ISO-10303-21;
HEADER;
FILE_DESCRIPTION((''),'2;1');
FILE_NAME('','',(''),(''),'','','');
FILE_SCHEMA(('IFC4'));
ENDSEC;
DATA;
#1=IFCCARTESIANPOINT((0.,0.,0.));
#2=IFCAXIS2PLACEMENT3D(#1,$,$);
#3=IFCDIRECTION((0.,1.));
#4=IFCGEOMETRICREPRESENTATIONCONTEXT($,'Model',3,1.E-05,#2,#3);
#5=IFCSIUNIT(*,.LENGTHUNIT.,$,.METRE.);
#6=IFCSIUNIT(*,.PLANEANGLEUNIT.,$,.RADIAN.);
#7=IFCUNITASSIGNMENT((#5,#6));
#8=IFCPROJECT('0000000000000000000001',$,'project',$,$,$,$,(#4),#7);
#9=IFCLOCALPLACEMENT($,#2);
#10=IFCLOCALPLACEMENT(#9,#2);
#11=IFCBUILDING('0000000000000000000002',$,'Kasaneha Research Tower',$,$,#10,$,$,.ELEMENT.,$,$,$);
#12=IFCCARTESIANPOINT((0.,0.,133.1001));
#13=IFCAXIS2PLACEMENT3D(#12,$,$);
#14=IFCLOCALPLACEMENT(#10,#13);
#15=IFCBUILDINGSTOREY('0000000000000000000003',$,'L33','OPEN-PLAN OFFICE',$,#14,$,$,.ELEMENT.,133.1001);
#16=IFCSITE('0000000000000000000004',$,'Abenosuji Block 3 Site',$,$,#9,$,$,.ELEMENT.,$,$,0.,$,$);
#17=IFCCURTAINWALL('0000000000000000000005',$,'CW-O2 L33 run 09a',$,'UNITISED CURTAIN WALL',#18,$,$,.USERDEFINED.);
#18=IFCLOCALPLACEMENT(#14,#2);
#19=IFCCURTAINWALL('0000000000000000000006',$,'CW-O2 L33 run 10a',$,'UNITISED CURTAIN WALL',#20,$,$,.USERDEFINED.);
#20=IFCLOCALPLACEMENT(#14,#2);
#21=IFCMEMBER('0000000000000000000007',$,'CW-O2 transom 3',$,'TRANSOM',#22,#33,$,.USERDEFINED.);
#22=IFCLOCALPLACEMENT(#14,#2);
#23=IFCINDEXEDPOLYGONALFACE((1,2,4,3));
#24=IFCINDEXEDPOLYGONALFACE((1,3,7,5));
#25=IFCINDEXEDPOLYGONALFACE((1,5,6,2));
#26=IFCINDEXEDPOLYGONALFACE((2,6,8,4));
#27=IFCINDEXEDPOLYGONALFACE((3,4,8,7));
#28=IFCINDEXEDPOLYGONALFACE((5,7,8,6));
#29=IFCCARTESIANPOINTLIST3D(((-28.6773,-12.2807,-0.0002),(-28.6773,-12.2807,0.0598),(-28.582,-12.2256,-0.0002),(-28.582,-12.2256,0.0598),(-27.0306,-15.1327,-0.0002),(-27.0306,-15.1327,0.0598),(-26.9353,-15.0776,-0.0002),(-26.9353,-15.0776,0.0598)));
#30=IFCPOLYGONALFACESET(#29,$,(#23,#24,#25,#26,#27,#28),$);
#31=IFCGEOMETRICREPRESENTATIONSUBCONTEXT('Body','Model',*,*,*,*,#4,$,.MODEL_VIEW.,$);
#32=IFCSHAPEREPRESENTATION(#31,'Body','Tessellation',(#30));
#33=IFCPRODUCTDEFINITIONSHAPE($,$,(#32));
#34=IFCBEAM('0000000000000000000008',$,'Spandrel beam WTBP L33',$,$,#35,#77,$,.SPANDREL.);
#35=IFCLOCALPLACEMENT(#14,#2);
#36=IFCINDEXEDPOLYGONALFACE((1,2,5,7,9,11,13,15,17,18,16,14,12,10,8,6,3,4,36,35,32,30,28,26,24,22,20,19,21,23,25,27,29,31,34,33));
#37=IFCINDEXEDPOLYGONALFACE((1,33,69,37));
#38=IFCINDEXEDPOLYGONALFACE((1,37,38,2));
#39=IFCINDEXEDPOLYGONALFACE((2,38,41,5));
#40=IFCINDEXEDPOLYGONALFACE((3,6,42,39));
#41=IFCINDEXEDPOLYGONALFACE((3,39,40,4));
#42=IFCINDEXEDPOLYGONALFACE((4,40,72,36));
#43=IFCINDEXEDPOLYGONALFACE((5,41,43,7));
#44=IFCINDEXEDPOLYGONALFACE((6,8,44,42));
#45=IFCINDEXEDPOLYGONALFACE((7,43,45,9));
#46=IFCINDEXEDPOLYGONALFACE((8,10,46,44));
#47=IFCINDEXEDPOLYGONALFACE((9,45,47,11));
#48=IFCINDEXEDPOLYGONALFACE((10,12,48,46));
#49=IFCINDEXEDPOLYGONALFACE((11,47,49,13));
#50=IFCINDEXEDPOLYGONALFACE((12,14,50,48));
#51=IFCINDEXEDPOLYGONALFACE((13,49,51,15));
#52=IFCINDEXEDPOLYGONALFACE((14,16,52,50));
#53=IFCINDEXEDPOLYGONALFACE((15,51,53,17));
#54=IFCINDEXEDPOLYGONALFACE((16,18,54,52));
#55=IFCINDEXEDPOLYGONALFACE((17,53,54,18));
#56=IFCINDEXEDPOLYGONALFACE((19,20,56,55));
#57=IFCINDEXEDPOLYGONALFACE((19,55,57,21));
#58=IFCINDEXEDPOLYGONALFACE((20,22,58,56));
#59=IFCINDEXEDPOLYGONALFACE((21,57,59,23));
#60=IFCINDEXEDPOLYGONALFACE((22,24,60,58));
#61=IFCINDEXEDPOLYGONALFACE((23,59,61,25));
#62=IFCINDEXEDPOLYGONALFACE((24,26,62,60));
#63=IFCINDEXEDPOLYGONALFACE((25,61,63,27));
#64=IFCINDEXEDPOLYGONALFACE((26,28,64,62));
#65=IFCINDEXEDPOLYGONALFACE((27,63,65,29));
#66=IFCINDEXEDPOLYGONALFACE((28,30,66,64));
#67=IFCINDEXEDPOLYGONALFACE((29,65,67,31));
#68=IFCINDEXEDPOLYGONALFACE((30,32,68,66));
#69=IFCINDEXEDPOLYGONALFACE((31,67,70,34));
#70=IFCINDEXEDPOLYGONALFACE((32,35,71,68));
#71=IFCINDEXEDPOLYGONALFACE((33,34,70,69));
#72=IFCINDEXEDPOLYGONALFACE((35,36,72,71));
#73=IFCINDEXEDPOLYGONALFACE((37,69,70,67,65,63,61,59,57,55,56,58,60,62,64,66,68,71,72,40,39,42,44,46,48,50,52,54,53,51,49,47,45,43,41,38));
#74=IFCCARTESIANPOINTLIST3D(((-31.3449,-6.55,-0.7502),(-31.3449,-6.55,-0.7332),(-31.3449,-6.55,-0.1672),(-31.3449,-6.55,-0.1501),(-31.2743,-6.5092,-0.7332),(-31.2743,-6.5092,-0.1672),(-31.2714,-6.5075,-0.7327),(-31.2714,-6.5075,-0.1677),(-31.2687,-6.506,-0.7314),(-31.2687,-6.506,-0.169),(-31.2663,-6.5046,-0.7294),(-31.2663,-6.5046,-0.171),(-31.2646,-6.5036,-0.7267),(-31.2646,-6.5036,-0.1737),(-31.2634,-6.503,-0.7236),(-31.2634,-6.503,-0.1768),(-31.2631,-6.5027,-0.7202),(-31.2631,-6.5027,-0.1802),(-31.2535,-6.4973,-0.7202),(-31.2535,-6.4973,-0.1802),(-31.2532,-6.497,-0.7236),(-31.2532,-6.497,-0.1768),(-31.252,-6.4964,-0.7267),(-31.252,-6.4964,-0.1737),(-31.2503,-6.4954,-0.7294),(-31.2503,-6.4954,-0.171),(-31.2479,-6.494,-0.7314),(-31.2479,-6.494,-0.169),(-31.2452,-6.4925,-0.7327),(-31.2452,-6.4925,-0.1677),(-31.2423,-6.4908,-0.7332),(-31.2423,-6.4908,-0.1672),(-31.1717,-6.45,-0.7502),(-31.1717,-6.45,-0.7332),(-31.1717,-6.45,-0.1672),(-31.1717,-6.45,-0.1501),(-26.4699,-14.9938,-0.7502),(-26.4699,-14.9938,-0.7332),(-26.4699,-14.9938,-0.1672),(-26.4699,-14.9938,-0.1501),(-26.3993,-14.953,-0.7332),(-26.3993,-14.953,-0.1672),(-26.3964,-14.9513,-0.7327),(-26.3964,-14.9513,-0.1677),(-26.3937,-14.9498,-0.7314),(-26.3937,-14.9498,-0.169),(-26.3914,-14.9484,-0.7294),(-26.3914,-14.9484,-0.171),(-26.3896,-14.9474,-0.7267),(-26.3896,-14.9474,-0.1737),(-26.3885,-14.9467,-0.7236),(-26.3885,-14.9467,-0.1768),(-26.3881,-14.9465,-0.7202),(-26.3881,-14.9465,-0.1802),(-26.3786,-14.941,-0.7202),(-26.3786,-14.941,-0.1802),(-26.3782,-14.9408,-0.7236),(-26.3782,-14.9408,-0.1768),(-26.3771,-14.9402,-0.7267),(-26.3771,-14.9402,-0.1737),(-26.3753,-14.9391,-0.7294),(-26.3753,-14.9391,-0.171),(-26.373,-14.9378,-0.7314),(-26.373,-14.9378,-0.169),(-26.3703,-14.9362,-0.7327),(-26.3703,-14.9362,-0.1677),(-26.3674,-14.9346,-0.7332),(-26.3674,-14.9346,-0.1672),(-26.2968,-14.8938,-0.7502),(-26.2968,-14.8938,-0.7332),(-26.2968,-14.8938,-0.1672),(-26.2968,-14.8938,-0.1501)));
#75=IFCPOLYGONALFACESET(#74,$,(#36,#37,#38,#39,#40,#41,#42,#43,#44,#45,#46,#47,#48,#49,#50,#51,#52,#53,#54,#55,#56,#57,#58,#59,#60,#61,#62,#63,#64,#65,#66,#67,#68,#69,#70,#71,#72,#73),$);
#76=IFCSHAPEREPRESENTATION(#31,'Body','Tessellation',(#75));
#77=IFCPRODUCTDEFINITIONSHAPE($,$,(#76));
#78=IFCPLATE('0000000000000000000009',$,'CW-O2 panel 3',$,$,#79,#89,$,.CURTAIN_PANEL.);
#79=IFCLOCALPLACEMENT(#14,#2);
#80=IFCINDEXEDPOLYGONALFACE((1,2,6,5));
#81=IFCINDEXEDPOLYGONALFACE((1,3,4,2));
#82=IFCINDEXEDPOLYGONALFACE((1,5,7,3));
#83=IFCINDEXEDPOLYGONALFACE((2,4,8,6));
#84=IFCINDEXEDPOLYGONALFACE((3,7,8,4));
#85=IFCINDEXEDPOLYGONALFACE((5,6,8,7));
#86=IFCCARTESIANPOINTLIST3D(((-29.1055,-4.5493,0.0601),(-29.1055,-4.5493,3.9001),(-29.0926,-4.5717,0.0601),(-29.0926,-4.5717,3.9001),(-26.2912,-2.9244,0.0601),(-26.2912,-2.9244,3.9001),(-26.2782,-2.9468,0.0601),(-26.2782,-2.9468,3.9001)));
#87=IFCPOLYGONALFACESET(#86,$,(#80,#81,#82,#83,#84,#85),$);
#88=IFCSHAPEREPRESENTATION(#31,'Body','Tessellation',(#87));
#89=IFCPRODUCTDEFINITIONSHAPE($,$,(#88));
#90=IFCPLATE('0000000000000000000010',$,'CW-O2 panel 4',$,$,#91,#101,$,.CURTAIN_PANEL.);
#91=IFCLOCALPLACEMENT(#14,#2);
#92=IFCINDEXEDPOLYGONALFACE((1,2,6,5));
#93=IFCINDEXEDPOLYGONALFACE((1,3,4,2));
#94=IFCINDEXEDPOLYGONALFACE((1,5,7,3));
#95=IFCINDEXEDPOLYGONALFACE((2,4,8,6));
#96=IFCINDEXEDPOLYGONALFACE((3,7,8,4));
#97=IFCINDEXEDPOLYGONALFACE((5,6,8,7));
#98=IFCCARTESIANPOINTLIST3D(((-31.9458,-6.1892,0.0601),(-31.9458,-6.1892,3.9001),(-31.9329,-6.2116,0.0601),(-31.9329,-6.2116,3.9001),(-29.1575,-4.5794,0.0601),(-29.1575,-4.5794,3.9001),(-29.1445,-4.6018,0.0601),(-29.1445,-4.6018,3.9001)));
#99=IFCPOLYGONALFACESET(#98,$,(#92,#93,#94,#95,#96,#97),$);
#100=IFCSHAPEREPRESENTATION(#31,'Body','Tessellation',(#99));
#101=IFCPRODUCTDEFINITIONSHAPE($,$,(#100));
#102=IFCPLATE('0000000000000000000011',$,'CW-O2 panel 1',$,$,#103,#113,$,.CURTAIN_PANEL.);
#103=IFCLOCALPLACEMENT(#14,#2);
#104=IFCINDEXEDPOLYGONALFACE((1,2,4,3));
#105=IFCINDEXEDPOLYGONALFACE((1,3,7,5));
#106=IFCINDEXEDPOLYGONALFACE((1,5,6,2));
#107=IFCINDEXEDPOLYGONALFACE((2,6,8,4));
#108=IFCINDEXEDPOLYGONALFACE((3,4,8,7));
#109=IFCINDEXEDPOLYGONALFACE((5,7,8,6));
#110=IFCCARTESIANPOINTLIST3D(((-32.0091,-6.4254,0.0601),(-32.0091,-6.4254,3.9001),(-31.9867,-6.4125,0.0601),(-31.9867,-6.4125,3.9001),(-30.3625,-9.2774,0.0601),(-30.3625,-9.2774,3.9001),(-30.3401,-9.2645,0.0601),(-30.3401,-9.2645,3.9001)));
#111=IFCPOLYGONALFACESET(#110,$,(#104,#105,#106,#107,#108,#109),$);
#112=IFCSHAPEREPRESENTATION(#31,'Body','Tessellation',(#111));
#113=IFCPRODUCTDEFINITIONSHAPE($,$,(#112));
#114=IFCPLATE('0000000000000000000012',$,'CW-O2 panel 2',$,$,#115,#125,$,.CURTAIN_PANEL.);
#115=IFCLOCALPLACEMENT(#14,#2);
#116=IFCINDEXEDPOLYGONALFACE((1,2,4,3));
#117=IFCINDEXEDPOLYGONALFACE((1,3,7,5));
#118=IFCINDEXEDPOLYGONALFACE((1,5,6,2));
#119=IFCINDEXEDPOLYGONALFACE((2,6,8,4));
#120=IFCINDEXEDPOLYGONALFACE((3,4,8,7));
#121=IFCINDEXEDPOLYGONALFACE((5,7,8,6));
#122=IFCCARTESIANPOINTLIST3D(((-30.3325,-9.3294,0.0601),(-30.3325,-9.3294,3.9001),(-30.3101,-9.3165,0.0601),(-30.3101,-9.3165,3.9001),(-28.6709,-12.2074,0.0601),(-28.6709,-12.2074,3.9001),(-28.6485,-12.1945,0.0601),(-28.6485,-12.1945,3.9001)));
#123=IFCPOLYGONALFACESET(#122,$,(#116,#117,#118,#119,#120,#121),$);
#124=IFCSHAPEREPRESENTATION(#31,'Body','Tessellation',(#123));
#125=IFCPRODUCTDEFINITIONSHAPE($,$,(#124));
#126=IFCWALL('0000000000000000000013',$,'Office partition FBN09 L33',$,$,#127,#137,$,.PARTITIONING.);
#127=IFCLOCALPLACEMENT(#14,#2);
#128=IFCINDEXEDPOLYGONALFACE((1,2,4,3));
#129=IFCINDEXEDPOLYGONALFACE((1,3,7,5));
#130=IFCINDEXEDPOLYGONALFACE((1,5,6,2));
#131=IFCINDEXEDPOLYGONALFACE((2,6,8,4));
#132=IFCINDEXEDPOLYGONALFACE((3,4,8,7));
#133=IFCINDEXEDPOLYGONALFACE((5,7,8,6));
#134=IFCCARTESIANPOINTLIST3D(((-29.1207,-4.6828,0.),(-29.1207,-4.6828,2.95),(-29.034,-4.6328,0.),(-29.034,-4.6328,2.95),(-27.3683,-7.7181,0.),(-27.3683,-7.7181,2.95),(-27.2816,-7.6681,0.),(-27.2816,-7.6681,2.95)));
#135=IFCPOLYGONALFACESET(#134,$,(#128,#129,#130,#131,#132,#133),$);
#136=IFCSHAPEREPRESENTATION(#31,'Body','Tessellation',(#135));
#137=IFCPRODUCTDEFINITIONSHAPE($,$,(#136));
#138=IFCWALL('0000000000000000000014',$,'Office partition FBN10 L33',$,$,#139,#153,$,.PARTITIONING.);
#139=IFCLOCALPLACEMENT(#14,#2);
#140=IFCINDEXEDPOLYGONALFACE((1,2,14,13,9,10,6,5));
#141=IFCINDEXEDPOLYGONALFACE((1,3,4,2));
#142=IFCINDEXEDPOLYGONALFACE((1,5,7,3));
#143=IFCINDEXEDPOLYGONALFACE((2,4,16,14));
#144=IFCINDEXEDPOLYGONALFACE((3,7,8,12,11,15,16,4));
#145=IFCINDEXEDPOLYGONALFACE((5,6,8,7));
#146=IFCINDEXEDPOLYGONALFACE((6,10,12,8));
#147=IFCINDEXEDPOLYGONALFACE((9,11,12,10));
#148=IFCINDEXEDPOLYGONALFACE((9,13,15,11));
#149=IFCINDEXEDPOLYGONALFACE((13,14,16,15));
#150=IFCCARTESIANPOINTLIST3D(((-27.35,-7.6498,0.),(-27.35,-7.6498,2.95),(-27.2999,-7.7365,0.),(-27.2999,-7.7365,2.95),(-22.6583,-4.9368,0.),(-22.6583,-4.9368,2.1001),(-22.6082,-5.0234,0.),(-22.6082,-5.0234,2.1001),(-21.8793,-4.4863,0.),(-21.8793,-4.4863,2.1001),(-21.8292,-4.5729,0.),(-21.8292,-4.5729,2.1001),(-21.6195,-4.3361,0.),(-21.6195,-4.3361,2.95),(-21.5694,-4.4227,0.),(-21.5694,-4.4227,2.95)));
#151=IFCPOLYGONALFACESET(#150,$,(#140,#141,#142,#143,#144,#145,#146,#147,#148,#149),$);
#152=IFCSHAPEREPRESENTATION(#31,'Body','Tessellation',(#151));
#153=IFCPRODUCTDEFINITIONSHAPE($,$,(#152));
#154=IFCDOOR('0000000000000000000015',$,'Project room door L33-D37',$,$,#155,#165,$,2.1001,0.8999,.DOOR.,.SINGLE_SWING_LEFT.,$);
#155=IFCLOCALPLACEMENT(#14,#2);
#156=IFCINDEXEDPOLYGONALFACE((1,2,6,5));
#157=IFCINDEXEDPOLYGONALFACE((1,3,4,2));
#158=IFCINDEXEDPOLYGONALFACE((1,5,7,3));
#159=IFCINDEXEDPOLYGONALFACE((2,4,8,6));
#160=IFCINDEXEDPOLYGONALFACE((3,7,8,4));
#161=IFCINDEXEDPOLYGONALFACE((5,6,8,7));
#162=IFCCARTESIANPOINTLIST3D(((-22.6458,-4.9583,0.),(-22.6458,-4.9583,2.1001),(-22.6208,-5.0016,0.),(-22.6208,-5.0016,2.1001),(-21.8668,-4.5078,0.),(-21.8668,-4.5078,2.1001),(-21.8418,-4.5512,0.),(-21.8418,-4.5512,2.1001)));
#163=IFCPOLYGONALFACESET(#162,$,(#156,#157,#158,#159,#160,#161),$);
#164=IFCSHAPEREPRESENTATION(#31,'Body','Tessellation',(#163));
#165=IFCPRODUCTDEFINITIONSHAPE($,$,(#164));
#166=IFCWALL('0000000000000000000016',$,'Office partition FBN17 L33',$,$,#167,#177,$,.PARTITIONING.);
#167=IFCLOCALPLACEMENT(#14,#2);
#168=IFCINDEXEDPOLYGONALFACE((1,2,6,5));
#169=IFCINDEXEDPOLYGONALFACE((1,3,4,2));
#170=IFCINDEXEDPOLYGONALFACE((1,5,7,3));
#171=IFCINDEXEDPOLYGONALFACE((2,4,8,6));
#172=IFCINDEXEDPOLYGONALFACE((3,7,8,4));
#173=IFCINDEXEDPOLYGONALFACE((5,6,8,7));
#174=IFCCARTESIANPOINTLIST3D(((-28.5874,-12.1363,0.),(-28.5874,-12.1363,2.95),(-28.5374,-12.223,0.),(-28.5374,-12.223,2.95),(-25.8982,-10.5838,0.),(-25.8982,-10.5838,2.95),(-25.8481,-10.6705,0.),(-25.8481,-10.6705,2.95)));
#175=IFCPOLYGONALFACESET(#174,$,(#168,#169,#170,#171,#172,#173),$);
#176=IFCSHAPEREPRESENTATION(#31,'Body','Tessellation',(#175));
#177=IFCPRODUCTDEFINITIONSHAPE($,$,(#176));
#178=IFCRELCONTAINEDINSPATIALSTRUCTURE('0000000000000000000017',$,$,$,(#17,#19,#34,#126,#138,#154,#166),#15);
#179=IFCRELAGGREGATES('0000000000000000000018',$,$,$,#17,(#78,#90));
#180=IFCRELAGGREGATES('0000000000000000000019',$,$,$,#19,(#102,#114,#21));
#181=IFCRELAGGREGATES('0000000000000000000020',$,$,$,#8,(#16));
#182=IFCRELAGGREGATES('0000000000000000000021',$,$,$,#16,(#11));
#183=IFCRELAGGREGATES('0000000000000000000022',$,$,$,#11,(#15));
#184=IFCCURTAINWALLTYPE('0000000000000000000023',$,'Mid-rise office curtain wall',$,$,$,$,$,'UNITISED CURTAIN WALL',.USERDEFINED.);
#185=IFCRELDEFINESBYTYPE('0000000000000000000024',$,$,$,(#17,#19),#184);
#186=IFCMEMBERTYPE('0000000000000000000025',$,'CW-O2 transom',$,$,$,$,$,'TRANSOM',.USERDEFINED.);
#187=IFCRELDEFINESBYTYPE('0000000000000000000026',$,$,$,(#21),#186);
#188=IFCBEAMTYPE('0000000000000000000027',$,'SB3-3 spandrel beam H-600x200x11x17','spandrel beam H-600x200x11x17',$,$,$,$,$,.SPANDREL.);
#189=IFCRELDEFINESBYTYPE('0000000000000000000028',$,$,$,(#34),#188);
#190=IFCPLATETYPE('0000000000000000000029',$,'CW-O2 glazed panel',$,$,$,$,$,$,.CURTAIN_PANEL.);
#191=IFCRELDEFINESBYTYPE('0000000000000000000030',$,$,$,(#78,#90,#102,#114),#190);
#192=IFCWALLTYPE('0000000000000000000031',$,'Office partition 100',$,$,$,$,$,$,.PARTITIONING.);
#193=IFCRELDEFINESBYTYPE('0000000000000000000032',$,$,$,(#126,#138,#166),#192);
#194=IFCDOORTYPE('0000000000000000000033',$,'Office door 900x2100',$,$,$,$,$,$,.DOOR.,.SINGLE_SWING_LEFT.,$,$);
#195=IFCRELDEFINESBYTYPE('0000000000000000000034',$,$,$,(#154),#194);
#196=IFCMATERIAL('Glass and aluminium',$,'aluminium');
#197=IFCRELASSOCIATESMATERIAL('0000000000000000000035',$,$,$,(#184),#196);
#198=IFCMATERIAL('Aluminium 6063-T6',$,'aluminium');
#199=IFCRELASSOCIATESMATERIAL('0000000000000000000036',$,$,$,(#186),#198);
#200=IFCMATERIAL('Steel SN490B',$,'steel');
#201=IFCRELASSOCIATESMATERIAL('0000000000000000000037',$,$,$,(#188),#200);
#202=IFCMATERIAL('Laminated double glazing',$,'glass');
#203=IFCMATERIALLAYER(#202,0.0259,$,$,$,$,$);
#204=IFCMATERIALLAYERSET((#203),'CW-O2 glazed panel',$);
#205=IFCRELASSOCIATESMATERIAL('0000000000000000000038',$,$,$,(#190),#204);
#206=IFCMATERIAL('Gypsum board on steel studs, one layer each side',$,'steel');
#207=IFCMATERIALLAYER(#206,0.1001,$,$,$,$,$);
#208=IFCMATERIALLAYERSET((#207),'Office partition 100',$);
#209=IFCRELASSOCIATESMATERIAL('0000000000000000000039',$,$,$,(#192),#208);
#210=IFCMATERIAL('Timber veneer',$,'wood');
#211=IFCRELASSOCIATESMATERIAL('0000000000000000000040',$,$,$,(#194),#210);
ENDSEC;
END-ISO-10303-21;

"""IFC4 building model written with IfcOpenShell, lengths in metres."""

from ifc_helpers import new_model, si_unit, direction, frame, frame_2d, origin, origin_2d, place, context, subcontext, project, spatial, rectangle, i_section, extrude, material, layer, layer_set, material_profile, profile_set, type_object, element, fill, aggregate, save


model = new_model("IFC4")

# Units and contexts
model_context = context("Model", 3, precision=1e-05, world=origin(), true_north=direction((0.0, 1.0)))
body_context = subcontext(model_context, "Body", "Model", "MODEL_VIEW")
ifc_project = project(units=[si_unit("LENGTHUNIT", "METRE"), si_unit("PLANEANGLEUNIT", "RADIAN")], contexts=[model_context])

# Site, building, storey
site_placement = place(None, origin())
site = spatial("IfcSite", under=ifc_project, at=site_placement, Name="Abenosuji Block 3 Site", CompositionType="ELEMENT", RefElevation=0.0)
building_placement = place(site_placement, origin())
building = spatial("IfcBuilding", under=site, at=building_placement, Name="Kasaneha Research Tower", CompositionType="ELEMENT")
storey_placement = place(building_placement, frame((0.0, 0.0, 133.1001)))
storey = spatial("IfcBuildingStorey", under=building, at=storey_placement, Name="L33", Description="OPEN-PLAN OFFICE", CompositionType="ELEMENT", Elevation=133.1001)

# Curtain walls
ifc_material_1 = material(Name="Glass and aluminium", Category="aluminium")
curtain_wall_type = type_object("IfcCurtainWallType", Name="Mid-rise office curtain wall", ElementType="UNITISED CURTAIN WALL", PredefinedType="USERDEFINED", material=ifc_material_1)
curtain_wall_1_placement = place(storey_placement, origin())
curtain_wall_1 = element("IfcCurtainWall", 1, at=curtain_wall_1_placement, inside=storey, type_object=curtain_wall_type, Name="CW-O2 L33 run 09a", ObjectType="UNITISED CURTAIN WALL", PredefinedType="USERDEFINED")
curtain_wall_2_placement = place(storey_placement, origin())
curtain_wall_2 = element("IfcCurtainWall", 2, at=curtain_wall_2_placement, inside=storey, type_object=curtain_wall_type, Name="CW-O2 L33 run 10a", ObjectType="UNITISED CURTAIN WALL", PredefinedType="USERDEFINED")

# Member
ifc_material_2 = material(Name="Aluminium 6063-T6", Category="aluminium")
ifc_material_profile_1 = material_profile(ifc_material_2, rectangle(XDim=0.1101, YDim=0.0601, at=origin_2d()), Name="CW-O2 transom 110x60")
ifc_profile_set_1 = profile_set([ifc_material_profile_1], Name="Aluminium 6063-T6")
member_type_1 = type_object("IfcMemberType", Name="CW-O2 transom", ElementType="TRANSOM", PredefinedType="USERDEFINED", material=ifc_profile_set_1)
member_1_placement = place(storey_placement, frame((-28.6296, -12.2532, 0.0298), z_axis=(0.500022, -0.866013, 0.0), x_axis=(0.866013, 0.500022, 0.0)))
member_1 = element("IfcMember", 3, at=member_1_placement, type_object=member_type_1, Name="CW-O2 transom 3", ObjectType="TRANSOM", PredefinedType="USERDEFINED", context=body_context, shape_type="SweptSolid", body=[
    extrude(rectangle(XDim=0.1101, YDim=0.0601, at=origin_2d()), origin(), (0.0, 0.0, 1.0), 3.2932),
])

# Beam
ifc_material_3 = material(Name="Steel SN490B", Category="steel")
ifc_material_profile_2 = material_profile(ifc_material_3, i_section(OverallWidth=0.2, OverallDepth=0.6001, WebThickness=0.011, FlangeThickness=0.0171, FilletRadius=0.0129, at=origin_2d()), Name="H-600x200x11x17")
ifc_profile_set_2 = profile_set([ifc_material_profile_2], Name="Steel SN490B")
beam_type_1 = type_object("IfcBeamType", Name="SB3-3 spandrel beam H-600x200x11x17", Description="spandrel beam H-600x200x11x17", PredefinedType="SPANDREL", material=ifc_profile_set_2)
beam_1_placement = place(storey_placement, frame((-31.2583, -6.5, -0.4502), z_axis=(0.499996, -0.866028, 0.0), x_axis=(0.866028, 0.499996, 0.0)))
element("IfcBeam", 4, at=beam_1_placement, inside=storey, type_object=beam_type_1, Name="Spandrel beam WTBP L33", PredefinedType="SPANDREL", context=body_context, shape_type="SweptSolid", body=[
    extrude(i_section(OverallWidth=0.2, OverallDepth=0.6001, WebThickness=0.011, FlangeThickness=0.0171, FilletRadius=0.0129, at=origin_2d()), origin(), (0.0, 0.0, 1.0), 9.75),
])

# Plates
ifc_material_4 = material(Name="Laminated double glazing", Category="glass")
ifc_layer_1 = layer(ifc_material_4, 0.0259)
ifc_layer_set_1 = layer_set([ifc_layer_1], Name="CW-O2 glazed panel")
plate_type = type_object("IfcPlateType", Name="CW-O2 glazed panel", PredefinedType="CURTAIN_PANEL", material=ifc_layer_set_1)
plate_1_placement = place(storey_placement, frame((-27.6919, -3.748, 0.0601), z_axis=(0.0, 0.0, 1.0), x_axis=(-0.866025, -0.5, 0.0)))
plate_1 = element("IfcPlate", 5, at=plate_1_placement, type_object=plate_type, Name="CW-O2 panel 3", PredefinedType="CURTAIN_PANEL", context=body_context, shape_type="SweptSolid", body=[
    extrude(rectangle(XDim=3.2498, YDim=0.0259, at=origin_2d()), origin(), (0.0, 0.0, 1.0), 3.8401),
])
plate_2_placement = place(storey_placement, frame((-30.5452, -5.3955, 0.0601), z_axis=(0.0, 0.0, 1.0), x_axis=(-0.866025, -0.5, 0.0)))
plate_2 = element("IfcPlate", 6, at=plate_2_placement, type_object=plate_type, Name="CW-O2 panel 4", PredefinedType="CURTAIN_PANEL", context=body_context, shape_type="SweptSolid", body=[
    extrude(rectangle(XDim=3.2197, YDim=0.0259, at=origin_2d()), origin(), (0.0, 0.0, 1.0), 3.8401),
])
aggregate(curtain_wall_1, [plate_1, plate_2])
plate_3_placement = place(storey_placement, frame((-31.1746, -7.845, 0.0601), z_axis=(0.0, 0.0, 1.0), x_axis=(0.5, -0.866025, 0.0)))
plate_3 = element("IfcPlate", 7, at=plate_3_placement, type_object=plate_type, Name="CW-O2 panel 1", PredefinedType="CURTAIN_PANEL", context=body_context, shape_type="SweptSolid", body=[
    extrude(rectangle(XDim=3.2932, YDim=0.0259, at=origin_2d()), origin(), (0.0, 0.0, 1.0), 3.8401),
])
plate_4_placement = place(storey_placement, frame((-29.4905, -10.762, 0.0601), z_axis=(0.0, 0.0, 1.0), x_axis=(0.5, -0.866025, 0.0)))
plate_4 = element("IfcPlate", 8, at=plate_4_placement, type_object=plate_type, Name="CW-O2 panel 2", PredefinedType="CURTAIN_PANEL", context=body_context, shape_type="SweptSolid", body=[
    extrude(rectangle(XDim=3.3232, YDim=0.0259, at=origin_2d()), origin(), (0.0, 0.0, 1.0), 3.8401),
])
aggregate(curtain_wall_2, [plate_3, plate_4, member_1])

# Wall
ifc_material_5 = material(Name="Gypsum board on steel studs, one layer each side", Category="steel")
ifc_layer_2 = layer(ifc_material_5, 0.1001)
ifc_layer_set_2 = layer_set([ifc_layer_2], Name="Office partition 100")
wall_type_1 = type_object("IfcWallType", Name="Office partition 100", PredefinedType="PARTITIONING", material=ifc_layer_set_2)
wall_1_placement = place(storey_placement, frame((-27.325, -7.6931, 0.0), z_axis=(0.0, 0.0, 1.0), x_axis=(-0.49999, 0.866031, 0.0)))
element("IfcWall", 9, at=wall_1_placement, inside=storey, type_object=wall_type_1, Name="Office partition FBN09 L33", PredefinedType="PARTITIONING", context=body_context, shape_type="SweptSolid", body=[
    extrude(rectangle(XDim=3.5049, YDim=0.1001, at=frame_2d((1.7524, 0.0))), origin(), (0.0, 0.0, 1.0), 2.95),
])

# Wall, opening, door
wall_2_placement = place(storey_placement, frame((-21.5945, -4.3794, 0.0), z_axis=(0.0, 0.0, 1.0), x_axis=(-0.865683, -0.500593, 0.0)))
wall_2 = element("IfcWall", 10, at=wall_2_placement, inside=storey, type_object=wall_type_1, Name="Office partition FBN10 L33", PredefinedType="PARTITIONING", context=body_context, shape_type="SweptSolid", body=[
    extrude(rectangle(XDim=6.6196, YDim=0.1001, at=frame_2d((3.3098, 0.0))), origin(), (0.0, 0.0, 1.0), 2.95),
])
opening_1_placement = place(wall_2_placement, frame((0.3, 0.0, 0.0)))
opening_1 = element("IfcOpeningElement", 11, at=opening_1_placement, cuts=wall_2, PredefinedType="OPENING", context=body_context, shape_type="SweptSolid", body=[
    extrude(rectangle(XDim=0.8999, YDim=2.1001, at=frame_2d((0.45, 1.05))), frame((0.0, 0.0601, 0.0), z_axis=(0.0, -1.0, 0.0), x_axis=(1.0, 0.0, 0.0)), (0.0, 0.0, 1.0), 0.1201),
])
ifc_material_6 = material(Name="Timber veneer", Category="wood")
door_type_1 = type_object("IfcDoorType", Name="Office door 900x2100", OperationType="SINGLE_SWING_LEFT", PredefinedType="DOOR", material=ifc_material_6)
door_1_placement = place(opening_1_placement, origin())
door_1 = element("IfcDoor", 12, at=door_1_placement, inside=storey, type_object=door_type_1, Name="Project room door L33-D37", OperationType="SINGLE_SWING_LEFT", OverallHeight=2.1001, OverallWidth=0.8999, PredefinedType="DOOR", context=body_context, shape_type="SweptSolid", body=[
    extrude(rectangle(XDim=0.8999, YDim=2.1001, at=frame_2d((0.45, 1.05))), frame((0.0, 0.0249, 0.0), z_axis=(0.0, -1.0, 0.0), x_axis=(1.0, 0.0, 0.0)), (0.0, 0.0, 1.0), 0.05),
])
fill(opening_1, door_1)

# Wall
wall_3_placement = place(storey_placement, frame((-28.5625, -12.1797, 0.0), z_axis=(0.0, 0.0, 1.0), x_axis=(0.866043, 0.49997, 0.0)))
element("IfcWall", 13, at=wall_3_placement, inside=storey, type_object=wall_type_1, Name="Office partition FBN17 L33", PredefinedType="PARTITIONING", context=body_context, shape_type="SweptSolid", body=[
    extrude(rectangle(XDim=3.1052, YDim=0.1001, at=frame_2d((1.5527, 0.0))), origin(), (0.0, 0.0, 1.0), 2.95),
])

save(model, "model.ifc")
